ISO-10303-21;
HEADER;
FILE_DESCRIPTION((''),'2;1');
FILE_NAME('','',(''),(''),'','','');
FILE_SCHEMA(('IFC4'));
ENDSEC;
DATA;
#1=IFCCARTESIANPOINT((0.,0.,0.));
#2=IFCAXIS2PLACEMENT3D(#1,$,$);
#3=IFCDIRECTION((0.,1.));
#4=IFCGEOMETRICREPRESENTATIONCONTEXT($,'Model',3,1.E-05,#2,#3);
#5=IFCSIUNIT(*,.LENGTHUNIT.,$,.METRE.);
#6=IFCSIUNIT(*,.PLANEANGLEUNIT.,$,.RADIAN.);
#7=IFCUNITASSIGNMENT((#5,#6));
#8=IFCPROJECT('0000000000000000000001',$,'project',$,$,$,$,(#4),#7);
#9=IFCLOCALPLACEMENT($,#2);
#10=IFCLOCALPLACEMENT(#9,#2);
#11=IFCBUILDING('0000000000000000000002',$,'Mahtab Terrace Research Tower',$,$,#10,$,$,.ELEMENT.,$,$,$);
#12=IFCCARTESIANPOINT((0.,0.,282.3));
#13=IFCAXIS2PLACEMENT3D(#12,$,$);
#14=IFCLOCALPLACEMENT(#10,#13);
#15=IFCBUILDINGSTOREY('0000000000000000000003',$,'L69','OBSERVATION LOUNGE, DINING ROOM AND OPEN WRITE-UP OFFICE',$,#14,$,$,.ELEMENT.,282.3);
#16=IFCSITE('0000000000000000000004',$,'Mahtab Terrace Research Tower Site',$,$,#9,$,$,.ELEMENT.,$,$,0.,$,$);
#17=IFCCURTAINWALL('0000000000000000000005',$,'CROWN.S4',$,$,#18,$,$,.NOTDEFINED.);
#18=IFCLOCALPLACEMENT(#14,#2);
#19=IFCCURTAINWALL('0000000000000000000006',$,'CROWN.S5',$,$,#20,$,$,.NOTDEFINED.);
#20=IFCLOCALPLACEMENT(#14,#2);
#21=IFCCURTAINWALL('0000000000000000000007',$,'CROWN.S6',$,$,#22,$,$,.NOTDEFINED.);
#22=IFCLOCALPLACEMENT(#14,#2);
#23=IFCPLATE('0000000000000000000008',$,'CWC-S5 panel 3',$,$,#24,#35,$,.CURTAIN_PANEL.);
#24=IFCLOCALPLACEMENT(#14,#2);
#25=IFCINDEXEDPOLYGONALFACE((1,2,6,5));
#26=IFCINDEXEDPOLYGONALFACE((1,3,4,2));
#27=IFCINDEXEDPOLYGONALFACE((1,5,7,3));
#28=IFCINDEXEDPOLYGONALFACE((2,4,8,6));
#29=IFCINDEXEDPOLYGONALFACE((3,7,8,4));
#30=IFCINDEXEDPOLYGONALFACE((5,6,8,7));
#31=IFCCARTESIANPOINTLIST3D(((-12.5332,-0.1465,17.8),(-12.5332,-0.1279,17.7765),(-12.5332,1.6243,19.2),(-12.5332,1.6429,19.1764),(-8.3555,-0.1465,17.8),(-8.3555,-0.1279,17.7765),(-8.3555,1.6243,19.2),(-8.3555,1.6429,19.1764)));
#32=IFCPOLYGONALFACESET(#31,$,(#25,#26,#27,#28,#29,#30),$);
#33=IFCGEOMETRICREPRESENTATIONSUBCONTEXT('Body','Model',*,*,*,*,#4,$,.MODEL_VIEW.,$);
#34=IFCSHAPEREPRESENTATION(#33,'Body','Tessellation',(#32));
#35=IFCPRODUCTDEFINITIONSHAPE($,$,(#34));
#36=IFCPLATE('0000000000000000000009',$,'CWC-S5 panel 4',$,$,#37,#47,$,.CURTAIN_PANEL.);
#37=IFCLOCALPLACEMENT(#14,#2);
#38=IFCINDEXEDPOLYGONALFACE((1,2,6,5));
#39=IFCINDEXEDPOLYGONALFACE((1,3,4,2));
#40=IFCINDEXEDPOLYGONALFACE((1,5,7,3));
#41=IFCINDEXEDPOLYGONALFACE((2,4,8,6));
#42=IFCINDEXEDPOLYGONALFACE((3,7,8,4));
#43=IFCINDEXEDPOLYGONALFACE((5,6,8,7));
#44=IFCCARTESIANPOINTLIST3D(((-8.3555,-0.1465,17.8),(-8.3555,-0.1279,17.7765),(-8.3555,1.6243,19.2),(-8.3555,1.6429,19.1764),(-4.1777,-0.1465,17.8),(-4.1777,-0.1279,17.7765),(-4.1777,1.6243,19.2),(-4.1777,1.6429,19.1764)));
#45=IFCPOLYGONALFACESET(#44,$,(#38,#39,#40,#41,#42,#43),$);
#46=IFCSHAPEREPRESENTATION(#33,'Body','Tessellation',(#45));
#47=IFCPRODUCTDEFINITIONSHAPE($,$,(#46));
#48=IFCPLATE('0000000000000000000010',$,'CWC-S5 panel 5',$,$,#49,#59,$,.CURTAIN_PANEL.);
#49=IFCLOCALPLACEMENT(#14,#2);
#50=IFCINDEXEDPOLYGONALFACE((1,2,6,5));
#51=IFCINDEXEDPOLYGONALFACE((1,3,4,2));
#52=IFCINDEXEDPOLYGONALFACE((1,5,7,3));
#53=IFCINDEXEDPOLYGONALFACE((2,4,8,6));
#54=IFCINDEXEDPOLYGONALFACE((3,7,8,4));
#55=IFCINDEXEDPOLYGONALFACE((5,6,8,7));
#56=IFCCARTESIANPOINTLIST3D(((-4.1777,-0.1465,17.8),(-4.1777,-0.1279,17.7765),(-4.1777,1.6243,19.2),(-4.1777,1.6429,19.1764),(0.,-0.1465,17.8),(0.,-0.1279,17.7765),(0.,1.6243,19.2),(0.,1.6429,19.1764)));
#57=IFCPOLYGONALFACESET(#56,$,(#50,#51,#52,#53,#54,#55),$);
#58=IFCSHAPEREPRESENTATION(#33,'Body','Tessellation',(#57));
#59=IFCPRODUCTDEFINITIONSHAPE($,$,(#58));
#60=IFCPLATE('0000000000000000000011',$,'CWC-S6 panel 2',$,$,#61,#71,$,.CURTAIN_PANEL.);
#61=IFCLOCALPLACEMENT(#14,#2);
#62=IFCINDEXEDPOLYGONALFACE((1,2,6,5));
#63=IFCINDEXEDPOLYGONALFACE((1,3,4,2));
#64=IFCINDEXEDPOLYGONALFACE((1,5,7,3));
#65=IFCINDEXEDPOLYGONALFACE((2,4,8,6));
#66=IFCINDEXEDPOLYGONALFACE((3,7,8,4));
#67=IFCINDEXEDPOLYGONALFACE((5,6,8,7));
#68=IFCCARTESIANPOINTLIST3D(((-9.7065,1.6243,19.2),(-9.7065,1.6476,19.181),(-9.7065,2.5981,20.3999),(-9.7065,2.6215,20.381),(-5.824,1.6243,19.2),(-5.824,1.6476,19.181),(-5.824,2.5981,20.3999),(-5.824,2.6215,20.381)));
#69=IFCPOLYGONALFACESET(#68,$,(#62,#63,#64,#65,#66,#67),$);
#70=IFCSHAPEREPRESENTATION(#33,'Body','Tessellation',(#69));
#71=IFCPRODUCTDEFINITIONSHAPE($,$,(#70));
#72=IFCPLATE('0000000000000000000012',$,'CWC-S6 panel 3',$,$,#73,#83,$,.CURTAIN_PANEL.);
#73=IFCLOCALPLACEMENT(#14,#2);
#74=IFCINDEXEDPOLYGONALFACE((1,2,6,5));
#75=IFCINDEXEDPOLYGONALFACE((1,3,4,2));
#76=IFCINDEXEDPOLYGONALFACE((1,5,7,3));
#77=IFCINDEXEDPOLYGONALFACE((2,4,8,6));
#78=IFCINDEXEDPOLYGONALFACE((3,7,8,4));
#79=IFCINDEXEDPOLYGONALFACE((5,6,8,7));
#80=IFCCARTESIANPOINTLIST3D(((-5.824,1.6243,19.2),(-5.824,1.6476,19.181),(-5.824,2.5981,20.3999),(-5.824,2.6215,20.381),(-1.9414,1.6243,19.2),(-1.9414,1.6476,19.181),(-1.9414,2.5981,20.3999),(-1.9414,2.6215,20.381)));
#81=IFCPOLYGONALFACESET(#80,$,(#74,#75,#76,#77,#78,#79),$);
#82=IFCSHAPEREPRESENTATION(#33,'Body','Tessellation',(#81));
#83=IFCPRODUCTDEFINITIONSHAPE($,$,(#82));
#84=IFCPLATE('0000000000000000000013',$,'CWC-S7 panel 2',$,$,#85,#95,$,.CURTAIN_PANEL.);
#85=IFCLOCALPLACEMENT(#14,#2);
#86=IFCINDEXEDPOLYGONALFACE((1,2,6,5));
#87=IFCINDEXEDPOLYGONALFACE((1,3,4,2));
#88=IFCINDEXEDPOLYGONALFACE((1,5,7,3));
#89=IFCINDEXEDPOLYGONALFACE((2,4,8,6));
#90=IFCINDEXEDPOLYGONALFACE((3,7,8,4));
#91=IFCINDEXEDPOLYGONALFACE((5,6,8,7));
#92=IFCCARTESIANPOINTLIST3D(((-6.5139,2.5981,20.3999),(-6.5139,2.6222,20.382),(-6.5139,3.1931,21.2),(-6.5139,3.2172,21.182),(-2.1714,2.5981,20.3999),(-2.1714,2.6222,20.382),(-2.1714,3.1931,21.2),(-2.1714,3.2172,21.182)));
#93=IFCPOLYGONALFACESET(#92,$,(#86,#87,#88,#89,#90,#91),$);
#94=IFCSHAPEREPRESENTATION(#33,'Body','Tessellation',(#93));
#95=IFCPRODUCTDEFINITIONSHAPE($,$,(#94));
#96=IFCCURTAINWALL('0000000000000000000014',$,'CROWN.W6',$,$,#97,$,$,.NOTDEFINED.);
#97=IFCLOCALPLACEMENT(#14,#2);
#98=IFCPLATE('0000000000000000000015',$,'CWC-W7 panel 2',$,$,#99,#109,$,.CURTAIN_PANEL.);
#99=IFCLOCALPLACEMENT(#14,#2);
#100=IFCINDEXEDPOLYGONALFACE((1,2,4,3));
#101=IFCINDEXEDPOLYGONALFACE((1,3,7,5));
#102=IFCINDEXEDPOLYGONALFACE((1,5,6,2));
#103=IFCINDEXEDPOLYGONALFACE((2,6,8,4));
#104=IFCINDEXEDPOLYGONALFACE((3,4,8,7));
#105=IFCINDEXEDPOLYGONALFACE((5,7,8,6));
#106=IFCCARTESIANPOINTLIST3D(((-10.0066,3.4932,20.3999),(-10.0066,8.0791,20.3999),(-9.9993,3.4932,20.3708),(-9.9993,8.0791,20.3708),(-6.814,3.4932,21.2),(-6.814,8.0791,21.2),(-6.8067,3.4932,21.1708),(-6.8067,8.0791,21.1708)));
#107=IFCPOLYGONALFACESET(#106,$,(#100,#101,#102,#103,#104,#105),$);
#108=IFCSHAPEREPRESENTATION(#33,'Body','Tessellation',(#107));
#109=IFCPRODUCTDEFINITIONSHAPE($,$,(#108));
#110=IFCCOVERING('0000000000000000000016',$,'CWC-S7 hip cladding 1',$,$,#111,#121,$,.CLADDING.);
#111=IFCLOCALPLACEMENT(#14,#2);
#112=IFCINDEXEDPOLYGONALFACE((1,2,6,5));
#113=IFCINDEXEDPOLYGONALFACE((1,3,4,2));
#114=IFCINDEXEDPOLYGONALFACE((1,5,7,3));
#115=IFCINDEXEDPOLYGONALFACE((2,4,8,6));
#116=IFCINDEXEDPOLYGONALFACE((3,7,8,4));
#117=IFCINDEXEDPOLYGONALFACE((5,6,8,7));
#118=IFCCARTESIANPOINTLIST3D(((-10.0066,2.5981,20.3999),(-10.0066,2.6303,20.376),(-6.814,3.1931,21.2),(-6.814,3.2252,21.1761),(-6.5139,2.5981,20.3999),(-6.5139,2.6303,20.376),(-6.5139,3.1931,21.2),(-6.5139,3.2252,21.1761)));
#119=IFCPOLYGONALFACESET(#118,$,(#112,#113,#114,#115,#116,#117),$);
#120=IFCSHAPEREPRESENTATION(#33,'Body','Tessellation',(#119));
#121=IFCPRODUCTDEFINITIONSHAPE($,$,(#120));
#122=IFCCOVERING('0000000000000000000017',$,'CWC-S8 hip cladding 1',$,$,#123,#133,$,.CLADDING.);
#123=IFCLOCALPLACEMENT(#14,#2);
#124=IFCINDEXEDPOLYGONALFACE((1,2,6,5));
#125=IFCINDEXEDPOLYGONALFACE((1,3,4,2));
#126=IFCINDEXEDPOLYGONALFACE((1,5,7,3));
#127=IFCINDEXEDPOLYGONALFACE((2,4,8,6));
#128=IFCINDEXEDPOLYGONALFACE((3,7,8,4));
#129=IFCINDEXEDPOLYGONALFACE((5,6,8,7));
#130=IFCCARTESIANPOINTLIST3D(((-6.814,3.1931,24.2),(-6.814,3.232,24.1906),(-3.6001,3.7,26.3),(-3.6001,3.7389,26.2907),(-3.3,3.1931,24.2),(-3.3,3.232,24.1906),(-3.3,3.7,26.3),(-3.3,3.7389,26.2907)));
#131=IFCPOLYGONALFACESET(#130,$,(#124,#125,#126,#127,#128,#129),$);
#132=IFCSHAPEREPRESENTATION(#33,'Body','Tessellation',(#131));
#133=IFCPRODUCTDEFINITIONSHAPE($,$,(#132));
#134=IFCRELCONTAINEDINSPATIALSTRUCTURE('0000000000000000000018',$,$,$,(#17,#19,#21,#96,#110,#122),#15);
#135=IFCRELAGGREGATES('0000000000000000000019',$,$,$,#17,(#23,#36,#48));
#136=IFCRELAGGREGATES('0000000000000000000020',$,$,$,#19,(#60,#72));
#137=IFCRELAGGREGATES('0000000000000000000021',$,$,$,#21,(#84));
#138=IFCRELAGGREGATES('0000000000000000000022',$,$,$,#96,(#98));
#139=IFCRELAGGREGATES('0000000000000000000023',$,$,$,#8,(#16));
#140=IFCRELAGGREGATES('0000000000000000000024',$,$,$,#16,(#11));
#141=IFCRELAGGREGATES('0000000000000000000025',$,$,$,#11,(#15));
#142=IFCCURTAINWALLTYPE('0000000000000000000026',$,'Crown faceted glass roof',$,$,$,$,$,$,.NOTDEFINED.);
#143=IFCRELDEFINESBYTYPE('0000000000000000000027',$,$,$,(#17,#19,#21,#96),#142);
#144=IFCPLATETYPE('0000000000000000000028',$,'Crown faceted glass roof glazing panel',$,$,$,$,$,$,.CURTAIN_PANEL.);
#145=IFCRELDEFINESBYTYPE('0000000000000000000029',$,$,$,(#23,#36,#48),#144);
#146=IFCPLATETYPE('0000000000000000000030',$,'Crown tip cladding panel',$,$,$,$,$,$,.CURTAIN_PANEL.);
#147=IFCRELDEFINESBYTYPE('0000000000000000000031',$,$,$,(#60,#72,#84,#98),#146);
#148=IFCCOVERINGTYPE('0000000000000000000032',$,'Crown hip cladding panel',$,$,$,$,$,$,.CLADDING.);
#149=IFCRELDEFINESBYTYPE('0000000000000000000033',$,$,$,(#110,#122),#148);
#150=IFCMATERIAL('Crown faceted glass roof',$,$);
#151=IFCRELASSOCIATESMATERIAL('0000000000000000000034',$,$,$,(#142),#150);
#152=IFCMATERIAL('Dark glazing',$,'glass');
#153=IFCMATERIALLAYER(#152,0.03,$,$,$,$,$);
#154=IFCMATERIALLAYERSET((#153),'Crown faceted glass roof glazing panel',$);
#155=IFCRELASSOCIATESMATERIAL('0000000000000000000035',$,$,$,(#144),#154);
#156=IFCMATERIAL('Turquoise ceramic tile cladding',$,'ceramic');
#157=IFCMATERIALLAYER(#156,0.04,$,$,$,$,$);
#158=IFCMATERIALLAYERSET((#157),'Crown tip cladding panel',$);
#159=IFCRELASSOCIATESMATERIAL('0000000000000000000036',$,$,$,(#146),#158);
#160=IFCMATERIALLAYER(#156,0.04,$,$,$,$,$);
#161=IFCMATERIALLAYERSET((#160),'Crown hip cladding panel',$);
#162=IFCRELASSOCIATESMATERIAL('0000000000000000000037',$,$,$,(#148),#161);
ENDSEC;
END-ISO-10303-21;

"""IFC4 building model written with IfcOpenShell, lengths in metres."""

from ifc_helpers import new_model, si_unit, direction, frame, origin, place, context, subcontext, project, spatial, polyline, outline, extrude, material, layer, layer_set, type_object, element, aggregate, save


model = new_model("IFC4")

# Units and contexts
model_context = context("Model", 3, precision=1e-05, world=origin(), true_north=direction((0.0, 1.0)))
body_context = subcontext(model_context, "Body", "Model", "MODEL_VIEW")
ifc_project = project(units=[si_unit("LENGTHUNIT", "METRE"), si_unit("PLANEANGLEUNIT", "RADIAN")], contexts=[model_context])

# Site, building, storey
site_placement = place(None, origin())
site = spatial("IfcSite", under=ifc_project, at=site_placement, Name="Mahtab Terrace Research Tower Site", CompositionType="ELEMENT", RefElevation=0.0)
building_placement = place(site_placement, origin())
building = spatial("IfcBuilding", under=site, at=building_placement, Name="Mahtab Terrace Research Tower", CompositionType="ELEMENT")
storey_placement = place(building_placement, frame((0.0, 0.0, 282.3)))
storey = spatial("IfcBuildingStorey", under=building, at=storey_placement, Name="L69", Description="OBSERVATION LOUNGE, DINING ROOM AND OPEN WRITE-UP OFFICE", CompositionType="ELEMENT", Elevation=282.3)

# Curtain walls
ifc_material_1 = material(Name="Crown faceted glass roof")
curtain_wall_type = type_object("IfcCurtainWallType", Name="Crown faceted glass roof", PredefinedType="NOTDEFINED", material=ifc_material_1)
curtain_wall_1_placement = place(storey_placement, origin())
curtain_wall_1 = element("IfcCurtainWall", 1, at=curtain_wall_1_placement, inside=storey, type_object=curtain_wall_type, Name="CROWN.S4", PredefinedType="NOTDEFINED")
curtain_wall_2_placement = place(storey_placement, origin())
curtain_wall_2 = element("IfcCurtainWall", 2, at=curtain_wall_2_placement, inside=storey, type_object=curtain_wall_type, Name="CROWN.S5", PredefinedType="NOTDEFINED")
curtain_wall_3_placement = place(storey_placement, origin())
curtain_wall_3 = element("IfcCurtainWall", 3, at=curtain_wall_3_placement, inside=storey, type_object=curtain_wall_type, Name="CROWN.S6", PredefinedType="NOTDEFINED")

# Plates
ifc_material_2 = material(Name="Dark glazing", Category="glass")
ifc_layer_1 = layer(ifc_material_2, 0.03)
ifc_layer_set_1 = layer_set([ifc_layer_1], Name="Crown faceted glass roof glazing panel")
plate_type_1 = type_object("IfcPlateType", Name="Crown faceted glass roof glazing panel", PredefinedType="CURTAIN_PANEL", material=ifc_layer_set_1)
plate_1_placement = place(storey_placement, frame((-8.3555, -0.1465, 17.8), z_axis=(0.0, -0.620174, 0.784465), x_axis=(0.0, 0.784465, 0.620174)))
plate_1 = element("IfcPlate", 4, at=plate_1_placement, type_object=plate_type_1, Name="CWC-S5 panel 3", PredefinedType="CURTAIN_PANEL", context=body_context, shape_type="SweptSolid", body=[
    extrude(outline(polyline([(0.0, 0.0), (2.2573, 0.0), (2.2573, 4.1777), (0.0, 4.1777), (0.0, 0.0)])), origin(), (0.0, 0.0, -1.0), 0.03),
])
plate_2_placement = place(storey_placement, frame((-4.1777, -0.1465, 17.8), z_axis=(0.0, -0.620174, 0.784465), x_axis=(0.0, 0.784465, 0.620174)))
plate_2 = element("IfcPlate", 5, at=plate_2_placement, type_object=plate_type_1, Name="CWC-S5 panel 4", PredefinedType="CURTAIN_PANEL", context=body_context, shape_type="SweptSolid", body=[
    extrude(outline(polyline([(0.0, 0.0), (2.2573, 0.0), (2.2573, 4.1777), (0.0, 4.1777), (0.0, 0.0)])), origin(), (0.0, 0.0, -1.0), 0.03),
])
plate_3_placement = place(storey_placement, frame((0.0, -0.1465, 17.8), z_axis=(0.0, -0.620174, 0.784465), x_axis=(0.0, 0.784465, 0.620174)))
plate_3 = element("IfcPlate", 6, at=plate_3_placement, type_object=plate_type_1, Name="CWC-S5 panel 5", PredefinedType="CURTAIN_PANEL", context=body_context, shape_type="SweptSolid", body=[
    extrude(outline(polyline([(0.0, 0.0), (2.2573, 0.0), (2.2573, 4.1777), (0.0, 4.1777), (0.0, 0.0)])), origin(), (0.0, 0.0, -1.0), 0.03),
])
aggregate(curtain_wall_1, [plate_1, plate_2, plate_3])
ifc_material_3 = material(Name="Turquoise ceramic tile cladding", Category="ceramic")
ifc_layer_2 = layer(ifc_material_3, 0.04)
ifc_layer_set_2 = layer_set([ifc_layer_2], Name="Crown tip cladding panel")
plate_type_2 = type_object("IfcPlateType", Name="Crown tip cladding panel", PredefinedType="CURTAIN_PANEL", material=ifc_layer_set_2)
plate_4_placement = place(storey_placement, frame((-5.824, 1.6243, 19.2), z_axis=(0.0, -0.776457, 0.63017), x_axis=(0.0, 0.63017, 0.776457)))
plate_4 = element("IfcPlate", 7, at=plate_4_placement, type_object=plate_type_2, Name="CWC-S6 panel 2", PredefinedType="CURTAIN_PANEL", context=body_context, shape_type="SweptSolid", body=[
    extrude(outline(polyline([(0.0, 0.0), (1.5454, 0.0), (1.5454, 3.8826), (0.0, 3.8826), (0.0, 0.0)])), origin(), (0.0, 0.0, -1.0), 0.03),
])
plate_5_placement = place(storey_placement, frame((-1.9414, 1.6243, 19.2), z_axis=(0.0, -0.776457, 0.63017), x_axis=(0.0, 0.63017, 0.776457)))
plate_5 = element("IfcPlate", 8, at=plate_5_placement, type_object=plate_type_2, Name="CWC-S6 panel 3", PredefinedType="CURTAIN_PANEL", context=body_context, shape_type="SweptSolid", body=[
    extrude(outline(polyline([(0.0, 0.0), (1.5454, 0.0), (1.5454, 3.8826), (0.0, 3.8826), (0.0, 0.0)])), origin(), (0.0, 0.0, -1.0), 0.03),
])
aggregate(curtain_wall_2, [plate_4, plate_5])
plate_6_placement = place(storey_placement, frame((-2.1714, 2.5981, 20.3999), z_axis=(0.0, -0.802432, 0.596743), x_axis=(0.0, 0.596743, 0.802432)))
plate_6 = element("IfcPlate", 9, at=plate_6_placement, type_object=plate_type_2, Name="CWC-S7 panel 2", PredefinedType="CURTAIN_PANEL", context=body_context, shape_type="SweptSolid", body=[
    extrude(outline(polyline([(0.0, 0.0), (0.997, 0.0), (0.997, 4.3425), (0.0, 4.3425), (0.0, 0.0)])), origin(), (0.0, 0.0, -1.0), 0.03),
])
aggregate(curtain_wall_3, [plate_6])

# Curtain wall, plate
curtain_wall_4_placement = place(storey_placement, origin())
curtain_wall_4 = element("IfcCurtainWall", 10, at=curtain_wall_4_placement, inside=storey, type_object=curtain_wall_type, Name="CROWN.W6", PredefinedType="NOTDEFINED")
plate_7_placement = place(storey_placement, frame((-6.814, 3.4932, 21.2), z_axis=(-0.243077, 0.0, 0.970007), x_axis=(0.0, 1.0, 0.0)))
plate_7 = element("IfcPlate", 11, at=plate_7_placement, type_object=plate_type_2, Name="CWC-W7 panel 2", PredefinedType="CURTAIN_PANEL", context=body_context, shape_type="SweptSolid", body=[
    extrude(outline(polyline([(0.0, 0.0), (4.5859, 0.0), (4.5859, 3.2913), (0.0, 3.2913), (0.0, 0.0)])), origin(), (0.0, 0.0, -1.0), 0.03),
])
aggregate(curtain_wall_4, [plate_7])

# Coverings
ifc_layer_3 = layer(ifc_material_3, 0.04)
ifc_layer_set_3 = layer_set([ifc_layer_3], Name="Crown hip cladding panel")
covering_type = type_object("IfcCoveringType", Name="Crown hip cladding panel", PredefinedType="CLADDING", material=ifc_layer_set_3)
covering_1_placement = place(storey_placement, frame((-6.814, 3.1931, 21.2), z_axis=(0.0, -0.802432, 0.596743), x_axis=(1.0, 0.0, 0.0)))
element("IfcCovering", 12, at=covering_1_placement, inside=storey, type_object=covering_type, Name="CWC-S7 hip cladding 1", PredefinedType="CLADDING", context=body_context, shape_type="SweptSolid", body=[
    extrude(outline(polyline([(0.0, 0.0), (0.3, 0.0), (0.3, -0.997), (-3.1926, -0.997), (0.0, 0.0)])), origin(), (0.0, 0.0, -1.0), 0.04),
])
covering_2_placement = place(storey_placement, frame((-3.6001, 3.7, 26.3), z_axis=(0.0, -0.972091, 0.234604), x_axis=(1.0, 0.0, 0.0)))
element("IfcCovering", 13, at=covering_2_placement, inside=storey, type_object=covering_type, Name="CWC-S8 hip cladding 1", PredefinedType="CLADDING", context=body_context, shape_type="SweptSolid", body=[
    extrude(outline(polyline([(0.0, 0.0), (0.3, 0.0), (0.3, -2.1604), (-3.2139, -2.1604), (0.0, 0.0)])), origin(), (0.0, 0.0, -1.0), 0.04),
])

save(model, "model.ifc")
